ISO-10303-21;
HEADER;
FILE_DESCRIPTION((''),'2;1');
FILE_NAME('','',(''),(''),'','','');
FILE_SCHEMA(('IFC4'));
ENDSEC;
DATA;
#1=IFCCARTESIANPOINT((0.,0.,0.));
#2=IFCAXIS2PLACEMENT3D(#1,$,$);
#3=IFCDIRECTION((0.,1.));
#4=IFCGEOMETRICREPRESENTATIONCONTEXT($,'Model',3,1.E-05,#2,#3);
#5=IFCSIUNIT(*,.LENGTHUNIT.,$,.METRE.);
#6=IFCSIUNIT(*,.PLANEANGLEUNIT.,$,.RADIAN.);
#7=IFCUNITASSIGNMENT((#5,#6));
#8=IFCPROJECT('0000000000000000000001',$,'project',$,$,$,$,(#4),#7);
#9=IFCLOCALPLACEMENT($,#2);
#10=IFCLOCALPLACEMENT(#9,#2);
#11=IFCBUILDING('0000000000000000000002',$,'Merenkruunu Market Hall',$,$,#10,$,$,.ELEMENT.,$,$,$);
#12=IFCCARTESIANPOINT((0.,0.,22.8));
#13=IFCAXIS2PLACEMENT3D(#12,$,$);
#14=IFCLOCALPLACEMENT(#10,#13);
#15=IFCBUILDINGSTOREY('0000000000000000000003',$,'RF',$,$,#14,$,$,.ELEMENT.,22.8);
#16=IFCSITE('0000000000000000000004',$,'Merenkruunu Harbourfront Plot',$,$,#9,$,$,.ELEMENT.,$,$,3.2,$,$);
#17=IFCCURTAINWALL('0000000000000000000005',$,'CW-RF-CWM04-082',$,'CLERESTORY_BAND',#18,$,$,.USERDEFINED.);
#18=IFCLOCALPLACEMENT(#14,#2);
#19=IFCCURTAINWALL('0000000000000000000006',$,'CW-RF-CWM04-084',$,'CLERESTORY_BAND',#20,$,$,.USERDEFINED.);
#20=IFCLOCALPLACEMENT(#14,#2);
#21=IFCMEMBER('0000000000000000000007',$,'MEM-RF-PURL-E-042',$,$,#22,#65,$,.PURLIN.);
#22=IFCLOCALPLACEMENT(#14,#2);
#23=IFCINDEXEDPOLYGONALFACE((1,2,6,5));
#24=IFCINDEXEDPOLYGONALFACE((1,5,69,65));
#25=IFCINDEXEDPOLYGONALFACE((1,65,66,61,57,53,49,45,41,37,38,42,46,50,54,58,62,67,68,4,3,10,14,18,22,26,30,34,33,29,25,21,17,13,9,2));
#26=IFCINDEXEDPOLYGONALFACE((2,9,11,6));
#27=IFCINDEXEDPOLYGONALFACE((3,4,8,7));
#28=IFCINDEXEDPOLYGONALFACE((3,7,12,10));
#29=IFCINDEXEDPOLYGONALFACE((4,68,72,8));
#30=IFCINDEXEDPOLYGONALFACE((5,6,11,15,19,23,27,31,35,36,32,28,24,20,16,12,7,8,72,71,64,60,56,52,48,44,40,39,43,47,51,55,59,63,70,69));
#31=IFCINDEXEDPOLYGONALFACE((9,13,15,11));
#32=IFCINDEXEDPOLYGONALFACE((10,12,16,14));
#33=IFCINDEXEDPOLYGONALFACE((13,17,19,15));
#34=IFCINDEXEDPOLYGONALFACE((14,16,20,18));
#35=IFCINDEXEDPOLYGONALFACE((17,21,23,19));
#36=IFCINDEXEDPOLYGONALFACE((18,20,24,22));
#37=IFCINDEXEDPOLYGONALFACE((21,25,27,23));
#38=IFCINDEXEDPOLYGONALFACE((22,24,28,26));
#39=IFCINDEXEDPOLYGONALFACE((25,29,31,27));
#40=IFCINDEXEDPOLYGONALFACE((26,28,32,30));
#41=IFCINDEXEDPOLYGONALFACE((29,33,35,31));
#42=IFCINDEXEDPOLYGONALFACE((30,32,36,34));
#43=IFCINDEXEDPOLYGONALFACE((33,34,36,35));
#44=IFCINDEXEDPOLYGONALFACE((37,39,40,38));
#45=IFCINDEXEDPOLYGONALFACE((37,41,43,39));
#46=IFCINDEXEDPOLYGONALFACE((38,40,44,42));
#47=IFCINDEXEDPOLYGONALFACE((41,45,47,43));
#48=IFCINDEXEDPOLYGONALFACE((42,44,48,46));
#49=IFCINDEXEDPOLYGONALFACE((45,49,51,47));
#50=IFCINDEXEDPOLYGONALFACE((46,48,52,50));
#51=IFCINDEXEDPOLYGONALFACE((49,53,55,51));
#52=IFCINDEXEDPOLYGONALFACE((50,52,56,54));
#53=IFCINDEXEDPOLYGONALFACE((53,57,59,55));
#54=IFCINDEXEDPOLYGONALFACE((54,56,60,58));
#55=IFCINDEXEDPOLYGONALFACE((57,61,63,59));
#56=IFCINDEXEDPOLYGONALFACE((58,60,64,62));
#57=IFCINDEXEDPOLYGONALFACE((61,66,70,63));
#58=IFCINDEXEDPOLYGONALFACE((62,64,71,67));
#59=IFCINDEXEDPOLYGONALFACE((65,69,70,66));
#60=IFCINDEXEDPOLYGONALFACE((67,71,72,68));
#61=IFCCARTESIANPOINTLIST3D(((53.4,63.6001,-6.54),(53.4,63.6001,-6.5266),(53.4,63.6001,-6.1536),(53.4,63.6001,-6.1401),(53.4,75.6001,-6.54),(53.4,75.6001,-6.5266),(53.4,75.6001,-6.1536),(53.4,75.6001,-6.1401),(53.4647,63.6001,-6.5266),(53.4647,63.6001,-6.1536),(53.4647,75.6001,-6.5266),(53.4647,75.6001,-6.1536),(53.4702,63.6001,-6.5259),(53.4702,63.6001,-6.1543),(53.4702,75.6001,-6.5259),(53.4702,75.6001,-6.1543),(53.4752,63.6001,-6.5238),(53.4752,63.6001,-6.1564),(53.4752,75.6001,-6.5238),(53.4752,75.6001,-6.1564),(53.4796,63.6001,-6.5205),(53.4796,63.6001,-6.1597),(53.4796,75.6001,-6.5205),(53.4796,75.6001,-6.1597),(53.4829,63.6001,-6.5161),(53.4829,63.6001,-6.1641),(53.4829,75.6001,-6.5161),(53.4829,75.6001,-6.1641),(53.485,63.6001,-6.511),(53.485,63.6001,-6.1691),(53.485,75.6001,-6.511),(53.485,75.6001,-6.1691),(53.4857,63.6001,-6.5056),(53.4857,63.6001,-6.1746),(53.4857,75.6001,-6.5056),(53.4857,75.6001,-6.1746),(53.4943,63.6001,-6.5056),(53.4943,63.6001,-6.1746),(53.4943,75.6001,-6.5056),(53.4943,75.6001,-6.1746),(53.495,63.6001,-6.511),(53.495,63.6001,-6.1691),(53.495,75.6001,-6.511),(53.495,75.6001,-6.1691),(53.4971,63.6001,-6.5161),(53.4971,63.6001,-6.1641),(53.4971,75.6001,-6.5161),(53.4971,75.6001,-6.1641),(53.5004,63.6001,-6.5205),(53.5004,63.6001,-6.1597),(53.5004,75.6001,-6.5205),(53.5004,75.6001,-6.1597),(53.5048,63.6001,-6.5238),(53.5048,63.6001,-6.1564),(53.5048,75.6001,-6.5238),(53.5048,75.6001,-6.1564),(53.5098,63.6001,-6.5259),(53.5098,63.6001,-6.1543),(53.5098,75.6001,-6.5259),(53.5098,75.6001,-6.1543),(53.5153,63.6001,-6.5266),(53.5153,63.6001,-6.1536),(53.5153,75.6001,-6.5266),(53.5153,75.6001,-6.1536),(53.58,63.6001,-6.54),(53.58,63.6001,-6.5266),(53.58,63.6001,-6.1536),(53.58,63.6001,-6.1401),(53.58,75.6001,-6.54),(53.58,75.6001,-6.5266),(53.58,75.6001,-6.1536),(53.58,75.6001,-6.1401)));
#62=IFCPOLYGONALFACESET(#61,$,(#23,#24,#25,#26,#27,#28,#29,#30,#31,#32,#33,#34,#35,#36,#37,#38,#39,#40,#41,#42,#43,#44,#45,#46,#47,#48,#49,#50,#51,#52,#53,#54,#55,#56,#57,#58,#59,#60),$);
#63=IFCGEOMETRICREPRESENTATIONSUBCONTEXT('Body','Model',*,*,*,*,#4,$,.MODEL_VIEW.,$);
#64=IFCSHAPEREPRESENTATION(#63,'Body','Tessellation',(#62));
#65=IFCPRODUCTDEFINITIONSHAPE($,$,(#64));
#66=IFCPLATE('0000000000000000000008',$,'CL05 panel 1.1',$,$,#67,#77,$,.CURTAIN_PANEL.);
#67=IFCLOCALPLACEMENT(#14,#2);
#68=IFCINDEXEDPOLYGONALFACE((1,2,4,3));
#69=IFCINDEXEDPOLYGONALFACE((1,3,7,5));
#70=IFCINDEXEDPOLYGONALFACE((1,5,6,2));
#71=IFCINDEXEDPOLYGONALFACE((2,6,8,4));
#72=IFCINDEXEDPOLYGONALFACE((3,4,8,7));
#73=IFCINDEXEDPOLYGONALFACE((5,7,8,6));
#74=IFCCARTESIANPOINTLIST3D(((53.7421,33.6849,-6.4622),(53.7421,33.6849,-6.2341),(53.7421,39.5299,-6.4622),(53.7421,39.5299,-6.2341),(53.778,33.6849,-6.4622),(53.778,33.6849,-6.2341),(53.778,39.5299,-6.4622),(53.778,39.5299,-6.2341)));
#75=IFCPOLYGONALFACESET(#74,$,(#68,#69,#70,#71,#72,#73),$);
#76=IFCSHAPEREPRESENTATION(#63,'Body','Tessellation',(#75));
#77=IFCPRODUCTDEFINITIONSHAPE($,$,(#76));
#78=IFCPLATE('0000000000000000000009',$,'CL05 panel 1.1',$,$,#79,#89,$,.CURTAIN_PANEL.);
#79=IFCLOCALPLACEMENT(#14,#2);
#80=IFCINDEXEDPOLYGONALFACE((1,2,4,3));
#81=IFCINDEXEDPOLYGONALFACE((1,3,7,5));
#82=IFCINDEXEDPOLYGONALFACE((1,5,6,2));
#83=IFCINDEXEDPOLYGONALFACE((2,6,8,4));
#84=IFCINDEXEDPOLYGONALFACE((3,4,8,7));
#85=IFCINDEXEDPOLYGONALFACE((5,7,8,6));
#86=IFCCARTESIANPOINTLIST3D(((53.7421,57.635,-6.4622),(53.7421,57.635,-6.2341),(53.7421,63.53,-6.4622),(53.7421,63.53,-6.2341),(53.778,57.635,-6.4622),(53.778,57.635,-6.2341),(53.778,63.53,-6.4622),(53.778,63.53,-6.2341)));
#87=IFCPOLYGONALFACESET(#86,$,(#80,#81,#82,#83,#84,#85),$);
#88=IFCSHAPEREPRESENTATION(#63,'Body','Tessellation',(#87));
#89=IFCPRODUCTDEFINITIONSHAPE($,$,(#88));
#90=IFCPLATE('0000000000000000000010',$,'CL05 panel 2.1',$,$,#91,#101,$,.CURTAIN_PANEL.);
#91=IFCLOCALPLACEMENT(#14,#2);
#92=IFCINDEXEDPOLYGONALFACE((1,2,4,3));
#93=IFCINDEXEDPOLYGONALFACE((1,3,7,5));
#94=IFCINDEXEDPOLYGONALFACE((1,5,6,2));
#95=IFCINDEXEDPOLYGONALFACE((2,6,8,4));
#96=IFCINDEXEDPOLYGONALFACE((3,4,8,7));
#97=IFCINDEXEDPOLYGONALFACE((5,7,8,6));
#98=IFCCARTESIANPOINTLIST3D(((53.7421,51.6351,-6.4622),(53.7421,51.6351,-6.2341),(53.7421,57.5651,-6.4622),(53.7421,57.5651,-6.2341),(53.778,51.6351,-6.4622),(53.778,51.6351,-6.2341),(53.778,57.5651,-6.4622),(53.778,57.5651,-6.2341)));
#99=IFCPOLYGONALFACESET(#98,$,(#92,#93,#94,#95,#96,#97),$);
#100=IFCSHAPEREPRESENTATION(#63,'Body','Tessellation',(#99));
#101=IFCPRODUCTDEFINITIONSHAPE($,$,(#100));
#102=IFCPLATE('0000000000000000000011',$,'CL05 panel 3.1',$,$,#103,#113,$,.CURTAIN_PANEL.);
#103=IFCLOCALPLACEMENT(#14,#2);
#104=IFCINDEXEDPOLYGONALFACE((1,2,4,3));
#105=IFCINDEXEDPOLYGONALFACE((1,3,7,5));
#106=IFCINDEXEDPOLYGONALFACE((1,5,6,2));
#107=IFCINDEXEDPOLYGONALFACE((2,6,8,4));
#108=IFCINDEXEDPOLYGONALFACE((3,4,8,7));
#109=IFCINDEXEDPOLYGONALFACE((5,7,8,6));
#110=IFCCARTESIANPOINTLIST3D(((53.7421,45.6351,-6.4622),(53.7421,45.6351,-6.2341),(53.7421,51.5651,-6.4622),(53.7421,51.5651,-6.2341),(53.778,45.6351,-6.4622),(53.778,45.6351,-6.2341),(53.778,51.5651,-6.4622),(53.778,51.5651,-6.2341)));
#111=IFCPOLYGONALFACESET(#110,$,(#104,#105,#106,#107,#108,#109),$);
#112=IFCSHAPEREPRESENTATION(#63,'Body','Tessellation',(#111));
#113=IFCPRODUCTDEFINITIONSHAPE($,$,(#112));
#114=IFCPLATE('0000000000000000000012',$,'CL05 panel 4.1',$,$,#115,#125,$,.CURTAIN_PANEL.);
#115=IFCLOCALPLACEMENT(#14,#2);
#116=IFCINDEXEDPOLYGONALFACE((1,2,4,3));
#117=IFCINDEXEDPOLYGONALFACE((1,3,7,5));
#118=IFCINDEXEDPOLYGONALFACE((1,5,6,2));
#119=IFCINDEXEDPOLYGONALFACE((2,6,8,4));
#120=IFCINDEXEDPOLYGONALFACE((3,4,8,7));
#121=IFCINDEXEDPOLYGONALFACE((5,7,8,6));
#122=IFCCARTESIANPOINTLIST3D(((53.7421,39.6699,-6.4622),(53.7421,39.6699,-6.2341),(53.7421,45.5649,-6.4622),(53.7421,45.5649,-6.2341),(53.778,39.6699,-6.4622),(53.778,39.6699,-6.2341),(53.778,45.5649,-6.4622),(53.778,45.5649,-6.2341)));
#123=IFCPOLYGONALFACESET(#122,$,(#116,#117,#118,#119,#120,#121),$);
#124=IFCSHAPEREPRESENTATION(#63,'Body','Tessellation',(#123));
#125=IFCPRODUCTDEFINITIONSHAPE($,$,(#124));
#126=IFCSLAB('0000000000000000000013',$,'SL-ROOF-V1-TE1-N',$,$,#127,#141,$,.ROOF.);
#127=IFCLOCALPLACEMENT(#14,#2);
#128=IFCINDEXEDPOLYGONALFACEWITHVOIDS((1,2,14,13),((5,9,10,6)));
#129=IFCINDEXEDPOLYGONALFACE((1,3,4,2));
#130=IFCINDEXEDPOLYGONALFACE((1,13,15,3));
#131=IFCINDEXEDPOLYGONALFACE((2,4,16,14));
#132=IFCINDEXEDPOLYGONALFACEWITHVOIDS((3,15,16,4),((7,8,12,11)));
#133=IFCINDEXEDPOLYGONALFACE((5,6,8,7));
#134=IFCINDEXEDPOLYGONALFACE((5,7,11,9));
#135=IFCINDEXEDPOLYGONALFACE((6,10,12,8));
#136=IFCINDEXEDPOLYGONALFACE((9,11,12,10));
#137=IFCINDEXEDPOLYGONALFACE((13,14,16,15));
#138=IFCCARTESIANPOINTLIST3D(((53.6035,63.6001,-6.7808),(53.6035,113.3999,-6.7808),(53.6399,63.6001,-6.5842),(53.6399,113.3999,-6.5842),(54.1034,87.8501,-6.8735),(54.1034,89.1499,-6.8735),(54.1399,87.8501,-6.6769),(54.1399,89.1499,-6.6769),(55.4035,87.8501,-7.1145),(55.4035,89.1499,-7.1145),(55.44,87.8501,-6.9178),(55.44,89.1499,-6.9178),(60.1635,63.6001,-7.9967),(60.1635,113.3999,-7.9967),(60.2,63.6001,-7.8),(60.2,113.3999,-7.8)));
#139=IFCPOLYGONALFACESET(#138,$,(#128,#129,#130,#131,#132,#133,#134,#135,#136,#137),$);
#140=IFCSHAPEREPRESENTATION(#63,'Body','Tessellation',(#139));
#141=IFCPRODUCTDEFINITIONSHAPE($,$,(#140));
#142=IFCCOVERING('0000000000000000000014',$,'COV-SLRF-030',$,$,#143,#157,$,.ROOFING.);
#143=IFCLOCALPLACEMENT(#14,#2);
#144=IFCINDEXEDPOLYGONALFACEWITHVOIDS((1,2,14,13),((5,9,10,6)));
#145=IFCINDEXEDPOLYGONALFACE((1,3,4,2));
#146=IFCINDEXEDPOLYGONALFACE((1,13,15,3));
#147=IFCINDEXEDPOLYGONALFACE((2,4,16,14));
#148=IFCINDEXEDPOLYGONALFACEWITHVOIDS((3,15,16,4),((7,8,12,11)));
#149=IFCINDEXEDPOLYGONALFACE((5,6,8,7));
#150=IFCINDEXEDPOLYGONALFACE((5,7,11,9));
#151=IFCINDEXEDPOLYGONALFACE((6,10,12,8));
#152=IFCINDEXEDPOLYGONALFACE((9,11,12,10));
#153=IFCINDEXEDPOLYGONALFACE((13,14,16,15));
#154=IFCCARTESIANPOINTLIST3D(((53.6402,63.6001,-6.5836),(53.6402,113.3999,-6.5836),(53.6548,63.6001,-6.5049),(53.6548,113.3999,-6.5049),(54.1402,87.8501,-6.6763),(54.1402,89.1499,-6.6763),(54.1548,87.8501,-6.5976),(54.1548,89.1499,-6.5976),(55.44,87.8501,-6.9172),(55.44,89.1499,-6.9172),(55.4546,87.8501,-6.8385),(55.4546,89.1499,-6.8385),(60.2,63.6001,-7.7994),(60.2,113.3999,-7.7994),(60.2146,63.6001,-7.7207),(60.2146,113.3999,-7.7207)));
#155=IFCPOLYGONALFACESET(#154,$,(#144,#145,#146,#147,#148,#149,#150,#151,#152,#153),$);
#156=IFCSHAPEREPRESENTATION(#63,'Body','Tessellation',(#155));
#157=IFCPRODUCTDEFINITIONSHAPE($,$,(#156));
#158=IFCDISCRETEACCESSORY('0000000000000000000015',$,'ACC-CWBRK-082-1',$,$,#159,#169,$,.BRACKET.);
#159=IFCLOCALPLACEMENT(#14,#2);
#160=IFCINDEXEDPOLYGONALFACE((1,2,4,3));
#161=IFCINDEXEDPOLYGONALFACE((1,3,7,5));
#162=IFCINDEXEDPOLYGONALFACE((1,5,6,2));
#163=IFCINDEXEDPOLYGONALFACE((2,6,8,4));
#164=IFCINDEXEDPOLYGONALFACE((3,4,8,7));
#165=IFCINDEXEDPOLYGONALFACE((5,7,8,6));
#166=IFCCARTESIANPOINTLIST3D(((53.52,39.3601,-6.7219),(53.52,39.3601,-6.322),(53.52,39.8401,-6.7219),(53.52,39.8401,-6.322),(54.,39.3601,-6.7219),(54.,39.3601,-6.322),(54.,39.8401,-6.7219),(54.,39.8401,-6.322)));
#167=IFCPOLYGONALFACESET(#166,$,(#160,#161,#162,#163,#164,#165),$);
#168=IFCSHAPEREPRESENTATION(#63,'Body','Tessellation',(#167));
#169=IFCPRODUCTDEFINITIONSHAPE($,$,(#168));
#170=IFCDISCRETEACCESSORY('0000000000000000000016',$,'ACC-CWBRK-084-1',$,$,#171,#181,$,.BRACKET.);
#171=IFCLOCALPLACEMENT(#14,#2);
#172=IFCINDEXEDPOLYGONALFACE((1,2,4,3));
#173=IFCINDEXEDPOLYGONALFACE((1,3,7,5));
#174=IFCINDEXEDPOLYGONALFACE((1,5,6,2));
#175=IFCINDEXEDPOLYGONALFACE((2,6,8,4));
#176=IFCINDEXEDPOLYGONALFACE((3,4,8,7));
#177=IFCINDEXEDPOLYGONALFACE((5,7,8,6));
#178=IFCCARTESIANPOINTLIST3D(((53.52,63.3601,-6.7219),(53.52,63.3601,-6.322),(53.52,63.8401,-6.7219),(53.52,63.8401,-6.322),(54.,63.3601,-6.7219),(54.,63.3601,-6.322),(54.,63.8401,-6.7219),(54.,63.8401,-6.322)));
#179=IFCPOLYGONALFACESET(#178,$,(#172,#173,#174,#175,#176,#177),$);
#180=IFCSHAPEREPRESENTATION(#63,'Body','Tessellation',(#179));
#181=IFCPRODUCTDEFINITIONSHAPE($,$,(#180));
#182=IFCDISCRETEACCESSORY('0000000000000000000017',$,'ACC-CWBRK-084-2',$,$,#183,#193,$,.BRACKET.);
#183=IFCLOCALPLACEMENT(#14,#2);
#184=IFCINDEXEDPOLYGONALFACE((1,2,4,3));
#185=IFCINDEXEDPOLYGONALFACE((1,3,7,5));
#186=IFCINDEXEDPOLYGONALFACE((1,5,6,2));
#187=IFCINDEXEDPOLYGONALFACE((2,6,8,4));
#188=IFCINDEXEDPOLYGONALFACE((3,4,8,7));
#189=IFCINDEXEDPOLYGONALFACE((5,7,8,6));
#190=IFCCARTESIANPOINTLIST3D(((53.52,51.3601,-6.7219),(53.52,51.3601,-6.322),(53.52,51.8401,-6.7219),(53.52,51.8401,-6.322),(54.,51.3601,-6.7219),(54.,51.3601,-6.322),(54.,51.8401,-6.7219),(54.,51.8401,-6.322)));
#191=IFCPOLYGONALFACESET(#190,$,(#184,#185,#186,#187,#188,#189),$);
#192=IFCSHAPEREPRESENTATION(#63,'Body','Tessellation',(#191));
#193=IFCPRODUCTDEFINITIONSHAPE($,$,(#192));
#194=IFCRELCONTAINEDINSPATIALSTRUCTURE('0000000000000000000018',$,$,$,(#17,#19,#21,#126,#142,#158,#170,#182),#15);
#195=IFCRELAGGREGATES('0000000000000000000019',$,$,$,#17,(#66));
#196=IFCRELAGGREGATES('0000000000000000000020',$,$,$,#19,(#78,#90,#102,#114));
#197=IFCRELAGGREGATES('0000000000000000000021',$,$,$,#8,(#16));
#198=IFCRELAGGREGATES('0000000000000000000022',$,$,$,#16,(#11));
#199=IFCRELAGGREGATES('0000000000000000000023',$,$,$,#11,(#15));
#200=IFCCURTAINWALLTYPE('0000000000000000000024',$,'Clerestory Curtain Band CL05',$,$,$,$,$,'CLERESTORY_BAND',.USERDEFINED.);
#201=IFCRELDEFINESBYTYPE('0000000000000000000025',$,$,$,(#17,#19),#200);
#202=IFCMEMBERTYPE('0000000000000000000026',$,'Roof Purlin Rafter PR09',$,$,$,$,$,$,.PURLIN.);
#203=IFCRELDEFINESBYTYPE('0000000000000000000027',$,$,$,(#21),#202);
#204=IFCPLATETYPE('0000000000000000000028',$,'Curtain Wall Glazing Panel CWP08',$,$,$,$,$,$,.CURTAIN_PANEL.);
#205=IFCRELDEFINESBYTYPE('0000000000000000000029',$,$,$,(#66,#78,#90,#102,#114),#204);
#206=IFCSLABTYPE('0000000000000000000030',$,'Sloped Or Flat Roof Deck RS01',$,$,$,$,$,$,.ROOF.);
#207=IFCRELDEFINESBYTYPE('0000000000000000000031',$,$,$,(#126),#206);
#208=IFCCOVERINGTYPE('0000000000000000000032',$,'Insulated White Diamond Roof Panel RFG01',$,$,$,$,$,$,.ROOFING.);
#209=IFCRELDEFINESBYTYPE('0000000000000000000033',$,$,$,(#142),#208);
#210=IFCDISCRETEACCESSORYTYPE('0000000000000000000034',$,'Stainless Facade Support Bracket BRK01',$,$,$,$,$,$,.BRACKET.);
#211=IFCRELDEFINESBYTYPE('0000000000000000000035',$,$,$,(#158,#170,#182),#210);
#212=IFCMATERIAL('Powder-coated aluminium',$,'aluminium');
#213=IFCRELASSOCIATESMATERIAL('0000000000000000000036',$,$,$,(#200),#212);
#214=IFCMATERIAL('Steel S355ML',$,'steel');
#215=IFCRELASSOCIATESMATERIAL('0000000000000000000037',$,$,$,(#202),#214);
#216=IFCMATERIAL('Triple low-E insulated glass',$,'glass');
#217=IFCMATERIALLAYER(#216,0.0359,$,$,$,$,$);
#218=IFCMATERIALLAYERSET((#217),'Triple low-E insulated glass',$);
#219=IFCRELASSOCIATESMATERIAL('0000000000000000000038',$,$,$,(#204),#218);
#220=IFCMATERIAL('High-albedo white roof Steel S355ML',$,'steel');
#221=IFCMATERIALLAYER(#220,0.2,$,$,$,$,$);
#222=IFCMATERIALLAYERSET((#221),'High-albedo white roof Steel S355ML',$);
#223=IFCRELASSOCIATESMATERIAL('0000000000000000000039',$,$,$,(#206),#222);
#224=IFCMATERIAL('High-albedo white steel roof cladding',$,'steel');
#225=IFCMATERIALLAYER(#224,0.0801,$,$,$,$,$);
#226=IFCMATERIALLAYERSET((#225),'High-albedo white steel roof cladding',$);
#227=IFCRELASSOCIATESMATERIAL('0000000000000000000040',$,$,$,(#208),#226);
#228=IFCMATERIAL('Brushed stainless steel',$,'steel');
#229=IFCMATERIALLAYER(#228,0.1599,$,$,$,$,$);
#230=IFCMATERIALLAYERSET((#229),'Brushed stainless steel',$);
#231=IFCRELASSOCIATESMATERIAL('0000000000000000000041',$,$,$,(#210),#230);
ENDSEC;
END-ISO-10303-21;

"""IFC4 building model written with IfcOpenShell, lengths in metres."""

from ifc_helpers import new_model, si_unit, direction, frame, origin, origin_2d, place, context, subcontext, project, spatial, polyline, rectangle, i_section, outline, extrude, material, layer, layer_set, material_profile, profile_set, type_object, element, aggregate, save


model = new_model("IFC4")

# Units and contexts
model_context = context("Model", 3, precision=1e-05, world=origin(), true_north=direction((0.0, 1.0)))
body_context = subcontext(model_context, "Body", "Model", "MODEL_VIEW")
ifc_project = project(units=[si_unit("LENGTHUNIT", "METRE"), si_unit("PLANEANGLEUNIT", "RADIAN")], contexts=[model_context])

# Site, building, storey
site_placement = place(None, origin())
site = spatial("IfcSite", under=ifc_project, at=site_placement, Name="Merenkruunu Harbourfront Plot", CompositionType="ELEMENT", RefElevation=3.2)
building_placement = place(site_placement, origin())
building = spatial("IfcBuilding", under=site, at=building_placement, Name="Merenkruunu Market Hall", CompositionType="ELEMENT")
storey_placement = place(building_placement, frame((0.0, 0.0, 22.8)))
storey = spatial("IfcBuildingStorey", under=building, at=storey_placement, Name="RF", CompositionType="ELEMENT", Elevation=22.8)

# Curtain wall
ifc_material_1 = material(Name="Powder-coated aluminium", Category="aluminium")
curtain_wall_type = type_object("IfcCurtainWallType", Name="Clerestory Curtain Band CL05", ElementType="CLERESTORY_BAND", PredefinedType="USERDEFINED", material=ifc_material_1)
curtain_wall_1_placement = place(storey_placement, origin())
curtain_wall_1 = element("IfcCurtainWall", 1, at=curtain_wall_1_placement, inside=storey, type_object=curtain_wall_type, Name="CW-RF-CWM04-082", ObjectType="CLERESTORY_BAND", PredefinedType="USERDEFINED")

# Curtain wall
curtain_wall_2_placement = place(storey_placement, origin())
curtain_wall_2 = element("IfcCurtainWall", 2, at=curtain_wall_2_placement, inside=storey, type_object=curtain_wall_type, Name="CW-RF-CWM04-084", ObjectType="CLERESTORY_BAND", PredefinedType="USERDEFINED")

# Member
ifc_material_2 = material(Name="Steel S355ML", Category="steel")
ifc_material_profile_1 = material_profile(ifc_material_2, i_section(OverallWidth=0.1799, OverallDepth=0.3999, WebThickness=0.0085, FlangeThickness=0.0134, FilletRadius=0.021, at=origin_2d()), Name="IPE 400")
ifc_profile_set_1 = profile_set([ifc_material_profile_1], Name="Steel S355ML")
member_type_1 = type_object("IfcMemberType", Name="Roof Purlin Rafter PR09", PredefinedType="PURLIN", material=ifc_profile_set_1)
for number, where, z_axis, x_axis, name in (
    (3, (53.49, 63.6001, -6.3401), (0.0, 1.0, 0.0), (-1.0, 0.0, 0.0), "MEM-RF-PURL-E-042"),
):
    element("IfcMember", number, at=place(storey_placement, frame(where, z_axis=z_axis, x_axis=x_axis)), inside=storey, type_object=member_type_1, Name=name, PredefinedType="PURLIN", context=body_context, shape_type="SweptSolid", body=[
        extrude(i_section(OverallWidth=0.1799, OverallDepth=0.3999, WebThickness=0.0085, FlangeThickness=0.0134, FilletRadius=0.021, at=origin_2d()), origin(), (0.0, 0.0, 1.0), 12.0),
    ])

# Plates
ifc_material_3 = material(Name="Triple low-E insulated glass", Category="glass")
ifc_layer_1 = layer(ifc_material_3, 0.0359)
ifc_layer_set_1 = layer_set([ifc_layer_1], Name="Triple low-E insulated glass")
plate_type = type_object("IfcPlateType", Name="Curtain Wall Glazing Panel CWP08", PredefinedType="CURTAIN_PANEL", material=ifc_layer_set_1)
plate_1_placement = place(storey_placement, frame((53.76, 36.6074, -6.4622), z_axis=(0.0, 0.0, 1.0), x_axis=(0.0, -1.0, 0.0)))
plate_1 = element("IfcPlate", 4, at=plate_1_placement, type_object=plate_type, Name="CL05 panel 1.1", PredefinedType="CURTAIN_PANEL", context=body_context, shape_type="SweptSolid", body=[
    extrude(rectangle(XDim=5.845, YDim=0.0359, at=origin_2d()), origin(), (0.0, 0.0, 1.0), 0.228),
])
aggregate(curtain_wall_1, [plate_1])
plate_2_placement = place(storey_placement, frame((53.76, 60.5825, -6.4622), z_axis=(0.0, 0.0, 1.0), x_axis=(0.0, -1.0, 0.0)))
plate_2 = element("IfcPlate", 5, at=plate_2_placement, type_object=plate_type, Name="CL05 panel 1.1", PredefinedType="CURTAIN_PANEL", context=body_context, shape_type="SweptSolid", body=[
    extrude(rectangle(XDim=5.895, YDim=0.0359, at=origin_2d()), origin(), (0.0, 0.0, 1.0), 0.228),
])
plate_3_placement = place(storey_placement, frame((53.76, 54.6001, -6.4622), z_axis=(0.0, 0.0, 1.0), x_axis=(0.0, -1.0, 0.0)))
plate_3 = element("IfcPlate", 6, at=plate_3_placement, type_object=plate_type, Name="CL05 panel 2.1", PredefinedType="CURTAIN_PANEL", context=body_context, shape_type="SweptSolid", body=[
    extrude(rectangle(XDim=5.9299, YDim=0.0359, at=origin_2d()), origin(), (0.0, 0.0, 1.0), 0.228),
])
plate_4_placement = place(storey_placement, frame((53.76, 48.6001, -6.4622), z_axis=(0.0, 0.0, 1.0), x_axis=(0.0, -1.0, 0.0)))
plate_4 = element("IfcPlate", 7, at=plate_4_placement, type_object=plate_type, Name="CL05 panel 3.1", PredefinedType="CURTAIN_PANEL", context=body_context, shape_type="SweptSolid", body=[
    extrude(rectangle(XDim=5.9299, YDim=0.0359, at=origin_2d()), origin(), (0.0, 0.0, 1.0), 0.228),
])
plate_5_placement = place(storey_placement, frame((53.76, 42.6174, -6.4622), z_axis=(0.0, 0.0, 1.0), x_axis=(0.0, -1.0, 0.0)))
plate_5 = element("IfcPlate", 8, at=plate_5_placement, type_object=plate_type, Name="CL05 panel 4.1", PredefinedType="CURTAIN_PANEL", context=body_context, shape_type="SweptSolid", body=[
    extrude(rectangle(XDim=5.895, YDim=0.0359, at=origin_2d()), origin(), (0.0, 0.0, 1.0), 0.228),
])
aggregate(curtain_wall_2, [plate_2, plate_3, plate_4, plate_5])

# Slab
ifc_material_4 = material(Name="High-albedo white roof Steel S355ML", Category="steel")
ifc_layer_2 = layer(ifc_material_4, 0.2)
ifc_layer_set_2 = layer_set([ifc_layer_2], Name="High-albedo white roof Steel S355ML")
slab_type = type_object("IfcSlabType", Name="Sloped Or Flat Roof Deck RS01", PredefinedType="ROOF", material=ifc_layer_set_2)
slab_placement = place(storey_placement, frame((53.6399, 63.6001, -6.5842), z_axis=(0.182233, 0.0, 0.983255), x_axis=(0.983255, 0.0, -0.182233)))
element("IfcSlab", 9, at=slab_placement, inside=storey, type_object=slab_type, Name="SL-ROOF-V1-TE1-N", PredefinedType="ROOF", context=body_context, shape_type="SweptSolid", body=[
    extrude(outline(polyline([(0.0, 0.0), (6.6718, 0.0), (6.6718, 49.7998), (0.0, 49.7998), (0.0, 0.0)]), holes=[polyline([(0.5085, 24.25), (1.8307, 24.25), (1.8307, 25.5498), (0.5085, 25.5498), (0.5085, 24.25)])]), origin(), (0.0, 0.0, -1.0), 0.2),
])

# Covering
ifc_material_5 = material(Name="High-albedo white steel roof cladding", Category="steel")
ifc_layer_3 = layer(ifc_material_5, 0.0801)
ifc_layer_set_3 = layer_set([ifc_layer_3], Name="High-albedo white steel roof cladding")
covering_type = type_object("IfcCoveringType", Name="Insulated White Diamond Roof Panel RFG01", PredefinedType="ROOFING", material=ifc_layer_set_3)
covering_placement = place(storey_placement, frame((53.6548, 63.6001, -6.5049), z_axis=(0.18224, 0.0, 0.983254), x_axis=(0.983254, 0.0, -0.18224)))
element("IfcCovering", 10, at=covering_placement, inside=storey, type_object=covering_type, Name="COV-SLRF-030", PredefinedType="ROOFING", context=body_context, shape_type="SweptSolid", body=[
    extrude(outline(polyline([(0.0, 0.0), (6.6715, 0.0), (6.6715, 49.7998), (0.0, 49.7998), (0.0, 0.0)]), holes=[polyline([(0.5085, 24.25), (1.8305, 24.25), (1.8305, 25.5498), (0.5085, 25.5498), (0.5085, 24.25)])]), origin(), (0.0, 0.0, -1.0), 0.0801),
])

# Discrete accessories
ifc_material_6 = material(Name="Brushed stainless steel", Category="steel")
ifc_layer_4 = layer(ifc_material_6, 0.1599)
ifc_layer_set_4 = layer_set([ifc_layer_4], Name="Brushed stainless steel")
discrete_accessory_type = type_object("IfcDiscreteAccessoryType", Name="Stainless Facade Support Bracket BRK01", PredefinedType="BRACKET", material=ifc_layer_set_4)
for number, where, z_axis, x_axis, name in (
    (11, (53.76, 39.6001, -6.7219), (0.0, 0.0, 1.0), (1.0, 0.0, 0.0), "ACC-CWBRK-082-1"),
    (12, (53.76, 63.6001, -6.7219), (0.0, 0.0, 1.0), (1.0, 0.0, 0.0), "ACC-CWBRK-084-1"),
    (13, (53.76, 51.6001, -6.7219), (0.0, 0.0, 1.0), (1.0, 0.0, 0.0), "ACC-CWBRK-084-2"),
):
    element("IfcDiscreteAccessory", number, at=place(storey_placement, frame(where, z_axis=z_axis, x_axis=x_axis)), inside=storey, type_object=discrete_accessory_type, Name=name, PredefinedType="BRACKET", context=body_context, shape_type="SweptSolid", body=[
        extrude(rectangle(XDim=0.48, YDim=0.48, at=origin_2d()), origin(), (0.0, 0.0, 1.0), 0.3999),
    ])

save(model, "model.ifc")
